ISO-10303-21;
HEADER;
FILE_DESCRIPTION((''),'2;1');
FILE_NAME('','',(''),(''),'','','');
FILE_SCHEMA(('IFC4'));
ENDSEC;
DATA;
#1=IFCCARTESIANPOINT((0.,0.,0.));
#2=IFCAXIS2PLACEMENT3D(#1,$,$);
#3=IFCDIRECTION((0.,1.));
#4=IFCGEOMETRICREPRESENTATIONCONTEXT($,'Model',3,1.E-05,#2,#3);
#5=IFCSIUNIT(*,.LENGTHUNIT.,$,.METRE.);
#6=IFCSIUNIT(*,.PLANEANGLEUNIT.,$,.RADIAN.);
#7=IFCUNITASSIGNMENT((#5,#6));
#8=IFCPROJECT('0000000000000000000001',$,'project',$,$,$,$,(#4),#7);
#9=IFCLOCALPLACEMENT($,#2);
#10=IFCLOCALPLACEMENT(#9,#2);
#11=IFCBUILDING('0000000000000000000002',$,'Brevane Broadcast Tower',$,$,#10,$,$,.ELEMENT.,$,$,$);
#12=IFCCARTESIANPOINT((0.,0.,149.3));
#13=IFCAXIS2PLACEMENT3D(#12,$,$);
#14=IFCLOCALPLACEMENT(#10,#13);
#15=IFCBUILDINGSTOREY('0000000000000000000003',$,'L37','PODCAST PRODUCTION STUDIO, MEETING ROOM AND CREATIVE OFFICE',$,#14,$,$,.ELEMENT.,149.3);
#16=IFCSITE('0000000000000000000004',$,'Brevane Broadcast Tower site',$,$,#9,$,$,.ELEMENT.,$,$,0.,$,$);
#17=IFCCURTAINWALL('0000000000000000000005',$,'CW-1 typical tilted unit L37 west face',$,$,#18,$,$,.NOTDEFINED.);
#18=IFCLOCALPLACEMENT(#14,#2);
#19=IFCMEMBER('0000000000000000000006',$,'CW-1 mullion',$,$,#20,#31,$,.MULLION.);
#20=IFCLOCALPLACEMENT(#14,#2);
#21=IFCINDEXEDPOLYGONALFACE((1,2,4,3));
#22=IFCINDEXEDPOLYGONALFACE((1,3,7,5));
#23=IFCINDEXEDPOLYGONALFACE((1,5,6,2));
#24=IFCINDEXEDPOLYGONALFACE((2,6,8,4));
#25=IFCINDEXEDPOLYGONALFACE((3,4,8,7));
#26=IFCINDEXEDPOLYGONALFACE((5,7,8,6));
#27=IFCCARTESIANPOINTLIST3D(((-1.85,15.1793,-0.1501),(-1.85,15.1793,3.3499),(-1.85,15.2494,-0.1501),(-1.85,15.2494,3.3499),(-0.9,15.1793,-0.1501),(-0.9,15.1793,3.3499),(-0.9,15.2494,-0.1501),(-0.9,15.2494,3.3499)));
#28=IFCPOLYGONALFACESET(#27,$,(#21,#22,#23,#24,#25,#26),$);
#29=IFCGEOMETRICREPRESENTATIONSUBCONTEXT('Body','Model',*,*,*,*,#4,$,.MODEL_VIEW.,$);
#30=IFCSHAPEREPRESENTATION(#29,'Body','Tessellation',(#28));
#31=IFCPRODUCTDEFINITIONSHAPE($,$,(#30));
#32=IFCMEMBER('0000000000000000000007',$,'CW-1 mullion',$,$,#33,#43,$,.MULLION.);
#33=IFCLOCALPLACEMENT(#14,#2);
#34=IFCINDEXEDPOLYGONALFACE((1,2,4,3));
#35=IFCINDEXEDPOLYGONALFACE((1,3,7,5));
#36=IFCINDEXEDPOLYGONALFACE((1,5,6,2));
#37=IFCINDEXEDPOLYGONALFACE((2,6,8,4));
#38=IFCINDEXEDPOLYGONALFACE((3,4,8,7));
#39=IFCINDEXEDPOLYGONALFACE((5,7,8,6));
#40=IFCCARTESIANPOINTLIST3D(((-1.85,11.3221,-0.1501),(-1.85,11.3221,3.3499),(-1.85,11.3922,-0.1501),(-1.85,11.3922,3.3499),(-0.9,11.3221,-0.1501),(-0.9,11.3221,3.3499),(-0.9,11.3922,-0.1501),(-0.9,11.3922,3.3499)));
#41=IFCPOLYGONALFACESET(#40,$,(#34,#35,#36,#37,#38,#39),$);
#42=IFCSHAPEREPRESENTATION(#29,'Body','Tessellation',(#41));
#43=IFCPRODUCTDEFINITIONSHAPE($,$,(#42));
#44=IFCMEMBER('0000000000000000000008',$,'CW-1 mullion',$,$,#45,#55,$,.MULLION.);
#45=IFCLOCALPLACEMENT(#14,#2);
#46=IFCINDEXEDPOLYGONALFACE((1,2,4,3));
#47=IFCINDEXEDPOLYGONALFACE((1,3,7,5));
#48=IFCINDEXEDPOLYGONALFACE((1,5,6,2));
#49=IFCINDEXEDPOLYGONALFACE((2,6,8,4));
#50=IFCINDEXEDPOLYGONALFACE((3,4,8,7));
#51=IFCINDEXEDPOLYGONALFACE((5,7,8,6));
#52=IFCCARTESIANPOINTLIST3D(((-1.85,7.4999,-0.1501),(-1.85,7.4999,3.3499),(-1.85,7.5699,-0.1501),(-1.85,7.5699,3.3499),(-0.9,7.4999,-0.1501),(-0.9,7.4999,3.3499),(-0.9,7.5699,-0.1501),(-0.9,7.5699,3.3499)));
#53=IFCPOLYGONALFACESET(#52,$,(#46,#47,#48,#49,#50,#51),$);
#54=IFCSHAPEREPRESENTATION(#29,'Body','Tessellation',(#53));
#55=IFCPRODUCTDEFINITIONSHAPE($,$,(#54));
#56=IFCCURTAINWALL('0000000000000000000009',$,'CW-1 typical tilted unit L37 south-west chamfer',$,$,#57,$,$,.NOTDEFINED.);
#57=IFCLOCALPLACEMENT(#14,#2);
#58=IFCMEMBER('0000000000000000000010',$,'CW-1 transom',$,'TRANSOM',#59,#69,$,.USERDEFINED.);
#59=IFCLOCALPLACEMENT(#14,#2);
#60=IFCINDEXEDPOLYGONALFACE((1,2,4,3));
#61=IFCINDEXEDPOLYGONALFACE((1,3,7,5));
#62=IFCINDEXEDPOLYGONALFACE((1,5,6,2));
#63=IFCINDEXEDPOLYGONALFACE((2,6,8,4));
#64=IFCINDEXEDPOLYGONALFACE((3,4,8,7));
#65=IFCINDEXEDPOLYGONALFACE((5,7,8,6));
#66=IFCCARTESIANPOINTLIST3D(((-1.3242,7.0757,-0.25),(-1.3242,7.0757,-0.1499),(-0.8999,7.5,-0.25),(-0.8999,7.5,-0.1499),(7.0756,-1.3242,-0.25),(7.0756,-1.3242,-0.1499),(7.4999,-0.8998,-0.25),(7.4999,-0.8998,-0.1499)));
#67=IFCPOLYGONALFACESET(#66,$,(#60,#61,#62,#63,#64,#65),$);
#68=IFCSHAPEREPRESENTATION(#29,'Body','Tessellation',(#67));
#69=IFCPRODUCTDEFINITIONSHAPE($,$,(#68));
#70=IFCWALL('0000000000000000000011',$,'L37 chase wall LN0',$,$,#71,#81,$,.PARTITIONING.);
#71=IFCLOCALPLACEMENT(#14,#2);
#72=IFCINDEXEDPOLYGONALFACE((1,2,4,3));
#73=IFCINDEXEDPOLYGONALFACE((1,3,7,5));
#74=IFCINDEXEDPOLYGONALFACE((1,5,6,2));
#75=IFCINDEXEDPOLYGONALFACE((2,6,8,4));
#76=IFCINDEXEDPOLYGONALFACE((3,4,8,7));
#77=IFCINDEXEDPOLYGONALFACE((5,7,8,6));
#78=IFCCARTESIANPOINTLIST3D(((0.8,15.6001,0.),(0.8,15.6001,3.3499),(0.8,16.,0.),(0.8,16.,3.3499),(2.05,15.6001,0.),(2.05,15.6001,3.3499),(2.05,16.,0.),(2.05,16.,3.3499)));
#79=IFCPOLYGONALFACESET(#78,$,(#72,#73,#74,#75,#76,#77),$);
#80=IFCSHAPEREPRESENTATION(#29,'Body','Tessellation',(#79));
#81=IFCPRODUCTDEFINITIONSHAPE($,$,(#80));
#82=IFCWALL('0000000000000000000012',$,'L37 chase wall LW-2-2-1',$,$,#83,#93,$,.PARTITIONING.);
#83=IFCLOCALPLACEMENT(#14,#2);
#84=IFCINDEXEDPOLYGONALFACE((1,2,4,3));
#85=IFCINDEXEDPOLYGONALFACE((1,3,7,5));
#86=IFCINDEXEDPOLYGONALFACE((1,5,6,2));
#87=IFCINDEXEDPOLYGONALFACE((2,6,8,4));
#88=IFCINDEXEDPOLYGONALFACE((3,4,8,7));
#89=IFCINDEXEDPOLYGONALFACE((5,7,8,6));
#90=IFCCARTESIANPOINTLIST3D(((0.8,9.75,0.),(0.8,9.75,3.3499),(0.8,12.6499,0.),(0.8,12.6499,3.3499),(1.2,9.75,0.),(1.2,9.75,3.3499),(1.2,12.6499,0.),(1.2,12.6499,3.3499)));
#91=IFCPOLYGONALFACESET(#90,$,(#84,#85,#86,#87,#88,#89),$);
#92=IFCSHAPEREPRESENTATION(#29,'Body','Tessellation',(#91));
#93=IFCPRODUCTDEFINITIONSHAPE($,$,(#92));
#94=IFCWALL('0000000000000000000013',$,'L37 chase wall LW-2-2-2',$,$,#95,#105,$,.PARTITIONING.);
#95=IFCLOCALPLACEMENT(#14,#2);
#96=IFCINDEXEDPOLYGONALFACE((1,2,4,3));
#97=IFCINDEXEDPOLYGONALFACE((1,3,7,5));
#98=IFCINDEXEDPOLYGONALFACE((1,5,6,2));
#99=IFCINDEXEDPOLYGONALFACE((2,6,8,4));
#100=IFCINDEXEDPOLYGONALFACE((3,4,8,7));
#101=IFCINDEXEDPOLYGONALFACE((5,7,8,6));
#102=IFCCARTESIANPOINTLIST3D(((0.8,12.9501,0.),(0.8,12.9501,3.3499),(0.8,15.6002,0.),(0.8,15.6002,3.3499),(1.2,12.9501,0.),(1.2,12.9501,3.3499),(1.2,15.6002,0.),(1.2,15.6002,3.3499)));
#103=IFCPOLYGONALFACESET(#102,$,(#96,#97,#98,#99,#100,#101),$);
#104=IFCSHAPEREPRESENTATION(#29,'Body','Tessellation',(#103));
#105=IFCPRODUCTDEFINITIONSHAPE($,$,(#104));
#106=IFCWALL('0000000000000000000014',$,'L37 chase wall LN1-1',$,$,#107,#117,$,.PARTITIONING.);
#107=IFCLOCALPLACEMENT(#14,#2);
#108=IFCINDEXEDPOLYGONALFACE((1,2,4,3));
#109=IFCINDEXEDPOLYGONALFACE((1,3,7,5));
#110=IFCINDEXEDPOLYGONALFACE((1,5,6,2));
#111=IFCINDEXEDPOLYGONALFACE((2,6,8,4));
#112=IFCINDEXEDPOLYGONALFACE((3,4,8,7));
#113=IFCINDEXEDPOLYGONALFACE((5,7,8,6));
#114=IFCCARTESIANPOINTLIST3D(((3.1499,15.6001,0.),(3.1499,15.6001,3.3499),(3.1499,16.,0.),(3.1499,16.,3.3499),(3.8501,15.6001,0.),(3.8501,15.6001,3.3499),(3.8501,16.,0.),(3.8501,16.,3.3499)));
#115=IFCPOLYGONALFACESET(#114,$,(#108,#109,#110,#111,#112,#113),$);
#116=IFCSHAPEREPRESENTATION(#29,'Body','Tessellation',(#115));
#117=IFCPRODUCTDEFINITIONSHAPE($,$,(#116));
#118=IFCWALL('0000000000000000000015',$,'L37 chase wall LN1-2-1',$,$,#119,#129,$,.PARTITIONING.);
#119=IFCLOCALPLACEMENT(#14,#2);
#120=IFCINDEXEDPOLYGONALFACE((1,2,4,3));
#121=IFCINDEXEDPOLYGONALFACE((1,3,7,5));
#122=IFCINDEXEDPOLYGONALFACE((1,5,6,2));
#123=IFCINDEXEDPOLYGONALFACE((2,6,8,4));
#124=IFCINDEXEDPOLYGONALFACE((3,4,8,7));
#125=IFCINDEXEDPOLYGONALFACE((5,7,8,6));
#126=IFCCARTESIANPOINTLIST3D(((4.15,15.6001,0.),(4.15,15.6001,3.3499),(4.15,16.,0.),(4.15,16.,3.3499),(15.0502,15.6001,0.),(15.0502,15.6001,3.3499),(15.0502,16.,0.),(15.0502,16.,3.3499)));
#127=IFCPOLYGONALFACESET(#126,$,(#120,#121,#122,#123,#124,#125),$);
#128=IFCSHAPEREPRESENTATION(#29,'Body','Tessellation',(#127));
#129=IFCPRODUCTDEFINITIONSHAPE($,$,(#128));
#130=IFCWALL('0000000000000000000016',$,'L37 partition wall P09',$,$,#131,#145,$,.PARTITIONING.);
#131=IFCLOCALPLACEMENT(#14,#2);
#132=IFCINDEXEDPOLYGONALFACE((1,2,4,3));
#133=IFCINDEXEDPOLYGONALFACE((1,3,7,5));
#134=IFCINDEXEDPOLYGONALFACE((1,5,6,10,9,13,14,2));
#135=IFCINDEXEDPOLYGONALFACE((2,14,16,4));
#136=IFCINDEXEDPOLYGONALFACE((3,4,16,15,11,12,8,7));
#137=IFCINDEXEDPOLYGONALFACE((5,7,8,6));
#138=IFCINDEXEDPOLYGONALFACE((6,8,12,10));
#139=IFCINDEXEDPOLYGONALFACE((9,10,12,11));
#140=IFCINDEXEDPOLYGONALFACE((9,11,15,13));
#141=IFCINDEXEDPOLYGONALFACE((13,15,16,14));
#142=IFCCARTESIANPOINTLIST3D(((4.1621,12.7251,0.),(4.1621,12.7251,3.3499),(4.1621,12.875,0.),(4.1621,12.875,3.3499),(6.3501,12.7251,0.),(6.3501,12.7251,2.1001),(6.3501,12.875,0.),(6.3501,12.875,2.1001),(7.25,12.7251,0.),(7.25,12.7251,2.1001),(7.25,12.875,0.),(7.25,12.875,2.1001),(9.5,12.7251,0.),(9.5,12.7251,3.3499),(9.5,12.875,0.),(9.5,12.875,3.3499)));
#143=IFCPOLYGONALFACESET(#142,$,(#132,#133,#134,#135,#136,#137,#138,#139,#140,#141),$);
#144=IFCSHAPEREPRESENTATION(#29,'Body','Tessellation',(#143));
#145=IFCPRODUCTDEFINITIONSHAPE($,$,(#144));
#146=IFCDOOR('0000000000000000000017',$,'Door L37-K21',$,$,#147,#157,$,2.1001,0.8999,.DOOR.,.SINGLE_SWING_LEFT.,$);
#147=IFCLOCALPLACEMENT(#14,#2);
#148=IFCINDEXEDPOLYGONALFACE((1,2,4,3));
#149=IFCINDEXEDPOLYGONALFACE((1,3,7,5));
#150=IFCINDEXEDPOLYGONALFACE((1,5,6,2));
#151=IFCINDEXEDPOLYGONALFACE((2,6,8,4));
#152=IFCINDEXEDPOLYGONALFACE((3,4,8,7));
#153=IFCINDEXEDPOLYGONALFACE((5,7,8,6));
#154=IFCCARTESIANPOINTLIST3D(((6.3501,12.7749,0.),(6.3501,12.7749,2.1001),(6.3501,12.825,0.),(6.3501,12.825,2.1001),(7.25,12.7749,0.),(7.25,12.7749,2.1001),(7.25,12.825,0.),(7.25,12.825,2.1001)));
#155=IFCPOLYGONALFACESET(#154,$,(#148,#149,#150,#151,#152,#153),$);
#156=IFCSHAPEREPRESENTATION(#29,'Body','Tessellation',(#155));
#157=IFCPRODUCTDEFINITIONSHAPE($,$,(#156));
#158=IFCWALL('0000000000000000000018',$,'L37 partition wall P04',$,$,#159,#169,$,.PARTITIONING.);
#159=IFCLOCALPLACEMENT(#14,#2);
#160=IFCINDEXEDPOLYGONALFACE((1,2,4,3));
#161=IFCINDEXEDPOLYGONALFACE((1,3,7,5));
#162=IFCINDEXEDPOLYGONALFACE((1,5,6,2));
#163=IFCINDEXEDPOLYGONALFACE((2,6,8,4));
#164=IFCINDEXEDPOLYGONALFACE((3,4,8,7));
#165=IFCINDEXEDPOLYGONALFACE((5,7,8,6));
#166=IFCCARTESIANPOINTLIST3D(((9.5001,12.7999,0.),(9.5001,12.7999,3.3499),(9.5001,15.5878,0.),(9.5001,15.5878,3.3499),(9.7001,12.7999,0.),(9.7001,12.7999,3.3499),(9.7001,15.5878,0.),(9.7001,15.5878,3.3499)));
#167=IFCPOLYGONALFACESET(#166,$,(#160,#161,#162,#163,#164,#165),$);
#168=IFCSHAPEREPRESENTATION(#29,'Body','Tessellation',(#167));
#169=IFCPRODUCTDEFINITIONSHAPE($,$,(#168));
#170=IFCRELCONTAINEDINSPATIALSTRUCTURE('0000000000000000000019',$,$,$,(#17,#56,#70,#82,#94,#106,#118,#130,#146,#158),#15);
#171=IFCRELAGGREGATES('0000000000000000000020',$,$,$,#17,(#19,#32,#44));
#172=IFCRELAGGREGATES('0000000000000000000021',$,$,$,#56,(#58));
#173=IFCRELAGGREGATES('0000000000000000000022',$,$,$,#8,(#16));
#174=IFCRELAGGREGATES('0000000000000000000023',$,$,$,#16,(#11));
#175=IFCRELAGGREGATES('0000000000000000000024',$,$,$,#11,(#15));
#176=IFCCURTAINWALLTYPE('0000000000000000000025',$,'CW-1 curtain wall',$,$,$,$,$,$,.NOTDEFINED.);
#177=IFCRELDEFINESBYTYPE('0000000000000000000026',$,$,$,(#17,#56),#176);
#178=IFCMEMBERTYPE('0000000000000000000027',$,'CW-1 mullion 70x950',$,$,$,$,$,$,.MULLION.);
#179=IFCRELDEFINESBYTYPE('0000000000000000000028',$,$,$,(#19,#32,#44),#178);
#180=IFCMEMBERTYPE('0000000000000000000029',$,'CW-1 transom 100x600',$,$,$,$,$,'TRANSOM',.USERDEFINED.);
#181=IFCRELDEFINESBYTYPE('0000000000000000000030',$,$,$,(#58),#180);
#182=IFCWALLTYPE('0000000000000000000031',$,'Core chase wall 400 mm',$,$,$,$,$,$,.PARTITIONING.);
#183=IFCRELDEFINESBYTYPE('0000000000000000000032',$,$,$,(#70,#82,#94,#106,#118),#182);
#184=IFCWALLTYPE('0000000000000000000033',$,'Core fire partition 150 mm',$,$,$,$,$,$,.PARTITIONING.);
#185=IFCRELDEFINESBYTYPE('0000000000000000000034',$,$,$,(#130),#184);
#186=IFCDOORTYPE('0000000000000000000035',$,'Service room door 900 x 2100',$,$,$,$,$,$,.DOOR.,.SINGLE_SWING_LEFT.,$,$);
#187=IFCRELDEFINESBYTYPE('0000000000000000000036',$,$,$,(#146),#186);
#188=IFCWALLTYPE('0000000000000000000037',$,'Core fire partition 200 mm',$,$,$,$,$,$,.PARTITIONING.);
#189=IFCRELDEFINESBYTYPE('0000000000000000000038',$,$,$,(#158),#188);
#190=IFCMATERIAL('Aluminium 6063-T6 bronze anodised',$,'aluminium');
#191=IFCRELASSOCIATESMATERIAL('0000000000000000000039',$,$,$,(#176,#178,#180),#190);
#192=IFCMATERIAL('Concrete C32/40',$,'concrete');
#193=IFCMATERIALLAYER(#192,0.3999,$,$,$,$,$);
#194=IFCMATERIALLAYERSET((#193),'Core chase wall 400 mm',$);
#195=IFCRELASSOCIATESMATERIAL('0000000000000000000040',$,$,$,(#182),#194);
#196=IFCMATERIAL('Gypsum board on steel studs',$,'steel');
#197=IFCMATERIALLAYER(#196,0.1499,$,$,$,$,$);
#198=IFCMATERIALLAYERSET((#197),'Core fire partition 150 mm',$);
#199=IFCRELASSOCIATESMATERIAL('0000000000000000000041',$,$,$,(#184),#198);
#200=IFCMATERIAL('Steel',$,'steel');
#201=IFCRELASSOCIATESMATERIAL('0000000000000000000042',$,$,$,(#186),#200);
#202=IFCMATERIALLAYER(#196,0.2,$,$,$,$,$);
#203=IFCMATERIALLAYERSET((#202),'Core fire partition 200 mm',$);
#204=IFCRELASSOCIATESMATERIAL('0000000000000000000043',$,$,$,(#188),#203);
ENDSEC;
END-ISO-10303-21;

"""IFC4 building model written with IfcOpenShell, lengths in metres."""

from ifc_helpers import new_model, si_unit, direction, frame, frame_2d, origin, origin_2d, place, context, subcontext, project, spatial, rectangle, extrude, material, layer, layer_set, material_profile, profile_set, type_object, element, fill, aggregate, save


model = new_model("IFC4")

# Units and contexts
model_context = context("Model", 3, precision=1e-05, world=origin(), true_north=direction((0.0, 1.0)))
body_context = subcontext(model_context, "Body", "Model", "MODEL_VIEW")
ifc_project = project(units=[si_unit("LENGTHUNIT", "METRE"), si_unit("PLANEANGLEUNIT", "RADIAN")], contexts=[model_context])

# Site, building, storey
site_placement = place(None, origin())
site = spatial("IfcSite", under=ifc_project, at=site_placement, Name="Brevane Broadcast Tower site", CompositionType="ELEMENT", RefElevation=0.0)
building_placement = place(site_placement, origin())
building = spatial("IfcBuilding", under=site, at=building_placement, Name="Brevane Broadcast Tower", CompositionType="ELEMENT")
storey_placement = place(building_placement, frame((0.0, 0.0, 149.3)))
storey = spatial("IfcBuildingStorey", under=building, at=storey_placement, Name="L37", Description="PODCAST PRODUCTION STUDIO, MEETING ROOM AND CREATIVE OFFICE", CompositionType="ELEMENT", Elevation=149.3)

# Curtain wall, members
ifc_material_1 = material(Name="Aluminium 6063-T6 bronze anodised", Category="aluminium")
curtain_wall_type = type_object("IfcCurtainWallType", Name="CW-1 curtain wall", PredefinedType="NOTDEFINED", material=ifc_material_1)
curtain_wall_1_placement = place(storey_placement, origin())
curtain_wall_1 = element("IfcCurtainWall", 1, at=curtain_wall_1_placement, inside=storey, type_object=curtain_wall_type, Name="CW-1 typical tilted unit L37 west face", PredefinedType="NOTDEFINED")
ifc_material_profile_1 = material_profile(ifc_material_1, rectangle(XDim=0.95, YDim=0.0701, at=origin_2d()), Name="RECT 70x950")
ifc_profile_set_1 = profile_set([ifc_material_profile_1], Name="Aluminium 6063-T6 bronze anodised")
member_type_1 = type_object("IfcMemberType", Name="CW-1 mullion 70x950", PredefinedType="MULLION", material=ifc_profile_set_1)
member_1_placement = place(storey_placement, frame((-1.375, 15.2144, -0.1501), z_axis=(0.0, 0.0, 1.0), x_axis=(1.0, 0.0, 0.0)))
member_1 = element("IfcMember", 2, at=member_1_placement, type_object=member_type_1, Name="CW-1 mullion", PredefinedType="MULLION", context=body_context, shape_type="SweptSolid", body=[
    extrude(rectangle(XDim=0.95, YDim=0.0701, at=origin_2d()), origin(), (0.0, 0.0, 1.0), 3.5),
])
member_2_placement = place(storey_placement, frame((-1.375, 11.3572, -0.1501), z_axis=(0.0, 0.0, 1.0), x_axis=(1.0, 0.0, 0.0)))
member_2 = element("IfcMember", 3, at=member_2_placement, type_object=member_type_1, Name="CW-1 mullion", PredefinedType="MULLION", context=body_context, shape_type="SweptSolid", body=[
    extrude(rectangle(XDim=0.95, YDim=0.0701, at=origin_2d()), origin(), (0.0, 0.0, 1.0), 3.5),
])
member_3_placement = place(storey_placement, frame((-1.375, 7.5349, -0.1501), z_axis=(0.0, 0.0, 1.0), x_axis=(1.0, 0.0, 0.0)))
member_3 = element("IfcMember", 4, at=member_3_placement, type_object=member_type_1, Name="CW-1 mullion", PredefinedType="MULLION", context=body_context, shape_type="SweptSolid", body=[
    extrude(rectangle(XDim=0.95, YDim=0.0701, at=origin_2d()), origin(), (0.0, 0.0, 1.0), 3.5),
])
aggregate(curtain_wall_1, [member_1, member_2, member_3])

# Curtain wall, member
curtain_wall_2_placement = place(storey_placement, origin())
curtain_wall_2 = element("IfcCurtainWall", 5, at=curtain_wall_2_placement, inside=storey, type_object=curtain_wall_type, Name="CW-1 typical tilted unit L37 south-west chamfer", PredefinedType="NOTDEFINED")
ifc_material_profile_2 = material_profile(ifc_material_1, rectangle(XDim=0.6001, YDim=0.1001, at=origin_2d()), Name="RECT 100x600")
ifc_profile_set_2 = profile_set([ifc_material_profile_2], Name="Aluminium 6063-T6 bronze anodised")
member_type_2 = type_object("IfcMemberType", Name="CW-1 transom 100x600", ElementType="TRANSOM", PredefinedType="USERDEFINED", material=ifc_profile_set_2)
member_4_placement = place(storey_placement, frame((-1.1121, 7.2878, -0.2), z_axis=(0.707107, -0.707107, 0.0), x_axis=(0.707107, 0.707107, 0.0)))
member_4 = element("IfcMember", 6, at=member_4_placement, type_object=member_type_2, Name="CW-1 transom", ObjectType="TRANSOM", PredefinedType="USERDEFINED", context=body_context, shape_type="SweptSolid", body=[
    extrude(rectangle(XDim=0.6001, YDim=0.1001, at=origin_2d()), origin(), (0.0, 0.0, 1.0), 11.8792),
])
aggregate(curtain_wall_2, [member_4])

# Walls
ifc_material_2 = material(Name="Concrete C32/40", Category="concrete")
ifc_layer_1 = layer(ifc_material_2, 0.3999)
ifc_layer_set_1 = layer_set([ifc_layer_1], Name="Core chase wall 400 mm")
wall_type_1 = type_object("IfcWallType", Name="Core chase wall 400 mm", PredefinedType="PARTITIONING", material=ifc_layer_set_1)
wall_1_placement = place(storey_placement, frame((0.8, 15.8, 0.0), z_axis=(0.0, 0.0, 1.0), x_axis=(1.0, 0.0, 0.0)))
element("IfcWall", 7, at=wall_1_placement, inside=storey, type_object=wall_type_1, Name="L37 chase wall LN0", PredefinedType="PARTITIONING", context=body_context, shape_type="SweptSolid", body=[
    extrude(rectangle(XDim=1.25, YDim=0.3999, at=frame_2d((0.625, 0.0))), origin(), (0.0, 0.0, 1.0), 3.3499),
])
wall_2_placement = place(storey_placement, frame((1.0, 9.75, 0.0), z_axis=(0.0, 0.0, 1.0), x_axis=(0.0, 1.0, 0.0)))
element("IfcWall", 8, at=wall_2_placement, inside=storey, type_object=wall_type_1, Name="L37 chase wall LW-2-2-1", PredefinedType="PARTITIONING", context=body_context, shape_type="SweptSolid", body=[
    extrude(rectangle(XDim=2.8999, YDim=0.3999, at=frame_2d((1.45, 0.0))), origin(), (0.0, 0.0, 1.0), 3.3499),
])
wall_3_placement = place(storey_placement, frame((1.0, 12.95, 0.0), z_axis=(0.0, 0.0, 1.0), x_axis=(0.0, 1.0, 0.0)))
element("IfcWall", 9, at=wall_3_placement, inside=storey, type_object=wall_type_1, Name="L37 chase wall LW-2-2-2", PredefinedType="PARTITIONING", context=body_context, shape_type="SweptSolid", body=[
    extrude(rectangle(XDim=2.6501, YDim=0.3999, at=frame_2d((1.3252, 0.0))), origin(), (0.0, 0.0, 1.0), 3.3499),
])
wall_4_placement = place(storey_placement, frame((3.1499, 15.8, 0.0), z_axis=(0.0, 0.0, 1.0), x_axis=(1.0, 0.0, 0.0)))
element("IfcWall", 10, at=wall_4_placement, inside=storey, type_object=wall_type_1, Name="L37 chase wall LN1-1", PredefinedType="PARTITIONING", context=body_context, shape_type="SweptSolid", body=[
    extrude(rectangle(XDim=0.7002, YDim=0.3999, at=frame_2d((0.3501, 0.0))), origin(), (0.0, 0.0, 1.0), 3.3499),
])
wall_5_placement = place(storey_placement, frame((4.1499, 15.8, 0.0), z_axis=(0.0, 0.0, 1.0), x_axis=(1.0, 0.0, 0.0)))
element("IfcWall", 11, at=wall_5_placement, inside=storey, type_object=wall_type_1, Name="L37 chase wall LN1-2-1", PredefinedType="PARTITIONING", context=body_context, shape_type="SweptSolid", body=[
    extrude(rectangle(XDim=10.9001, YDim=0.3999, at=frame_2d((5.4502, 0.0))), origin(), (0.0, 0.0, 1.0), 3.3499),
])

# Wall, opening, door
ifc_material_3 = material(Name="Gypsum board on steel studs", Category="steel")
ifc_layer_2 = layer(ifc_material_3, 0.1499)
ifc_layer_set_2 = layer_set([ifc_layer_2], Name="Core fire partition 150 mm")
wall_type_2 = type_object("IfcWallType", Name="Core fire partition 150 mm", PredefinedType="PARTITIONING", material=ifc_layer_set_2)
wall_6_placement = place(storey_placement, frame((4.1621, 12.8, 0.0), z_axis=(0.0, 0.0, 1.0), x_axis=(1.0, 0.0, 0.0)))
wall_6 = element("IfcWall", 12, at=wall_6_placement, inside=storey, type_object=wall_type_2, Name="L37 partition wall P09", PredefinedType="PARTITIONING", context=body_context, shape_type="SweptSolid", body=[
    extrude(rectangle(XDim=5.3379, YDim=0.1499, at=frame_2d((2.6689, 0.0))), origin(), (0.0, 0.0, 1.0), 3.3499),
])
opening_1_placement = place(wall_6_placement, frame((2.188, 0.0, 0.0)))
opening_1 = element("IfcOpeningElement", 13, at=opening_1_placement, cuts=wall_6, PredefinedType="OPENING", context=body_context, shape_type="SweptSolid", body=[
    extrude(rectangle(XDim=0.8999, YDim=2.1001, at=frame_2d((0.45, 1.05))), frame((0.0, 0.085, 0.0), z_axis=(0.0, -1.0, 0.0), x_axis=(1.0, 0.0, 0.0)), (0.0, 0.0, 1.0), 0.1699),
])
ifc_material_4 = material(Name="Steel", Category="steel")
door_type_1 = type_object("IfcDoorType", Name="Service room door 900 x 2100", OperationType="SINGLE_SWING_LEFT", PredefinedType="DOOR", material=ifc_material_4)
door_1_placement = place(opening_1_placement, origin())
door_1 = element("IfcDoor", 14, at=door_1_placement, inside=storey, type_object=door_type_1, Name="Door L37-K21", OperationType="SINGLE_SWING_LEFT", OverallHeight=2.1001, OverallWidth=0.8999, PredefinedType="DOOR", context=body_context, shape_type="SweptSolid", body=[
    extrude(rectangle(XDim=0.8999, YDim=2.1001, at=frame_2d((0.45, 1.05))), frame((0.0, 0.0249, 0.0), z_axis=(0.0, -1.0, 0.0), x_axis=(1.0, 0.0, 0.0)), (0.0, 0.0, 1.0), 0.05),
])
fill(opening_1, door_1)

# Wall
ifc_layer_3 = layer(ifc_material_3, 0.2)
ifc_layer_set_3 = layer_set([ifc_layer_3], Name="Core fire partition 200 mm")
wall_type_3 = type_object("IfcWallType", Name="Core fire partition 200 mm", PredefinedType="PARTITIONING", material=ifc_layer_set_3)
wall_7_placement = place(storey_placement, frame((9.6001, 15.5879, 0.0), z_axis=(0.0, 0.0, 1.0), x_axis=(0.0, -1.0, 0.0)))
element("IfcWall", 15, at=wall_7_placement, inside=storey, type_object=wall_type_3, Name="L37 partition wall P04", PredefinedType="PARTITIONING", context=body_context, shape_type="SweptSolid", body=[
    extrude(rectangle(XDim=2.7878, YDim=0.2, at=frame_2d((1.394, 0.0))), origin(), (0.0, 0.0, 1.0), 3.3499),
])

save(model, "model.ifc")
